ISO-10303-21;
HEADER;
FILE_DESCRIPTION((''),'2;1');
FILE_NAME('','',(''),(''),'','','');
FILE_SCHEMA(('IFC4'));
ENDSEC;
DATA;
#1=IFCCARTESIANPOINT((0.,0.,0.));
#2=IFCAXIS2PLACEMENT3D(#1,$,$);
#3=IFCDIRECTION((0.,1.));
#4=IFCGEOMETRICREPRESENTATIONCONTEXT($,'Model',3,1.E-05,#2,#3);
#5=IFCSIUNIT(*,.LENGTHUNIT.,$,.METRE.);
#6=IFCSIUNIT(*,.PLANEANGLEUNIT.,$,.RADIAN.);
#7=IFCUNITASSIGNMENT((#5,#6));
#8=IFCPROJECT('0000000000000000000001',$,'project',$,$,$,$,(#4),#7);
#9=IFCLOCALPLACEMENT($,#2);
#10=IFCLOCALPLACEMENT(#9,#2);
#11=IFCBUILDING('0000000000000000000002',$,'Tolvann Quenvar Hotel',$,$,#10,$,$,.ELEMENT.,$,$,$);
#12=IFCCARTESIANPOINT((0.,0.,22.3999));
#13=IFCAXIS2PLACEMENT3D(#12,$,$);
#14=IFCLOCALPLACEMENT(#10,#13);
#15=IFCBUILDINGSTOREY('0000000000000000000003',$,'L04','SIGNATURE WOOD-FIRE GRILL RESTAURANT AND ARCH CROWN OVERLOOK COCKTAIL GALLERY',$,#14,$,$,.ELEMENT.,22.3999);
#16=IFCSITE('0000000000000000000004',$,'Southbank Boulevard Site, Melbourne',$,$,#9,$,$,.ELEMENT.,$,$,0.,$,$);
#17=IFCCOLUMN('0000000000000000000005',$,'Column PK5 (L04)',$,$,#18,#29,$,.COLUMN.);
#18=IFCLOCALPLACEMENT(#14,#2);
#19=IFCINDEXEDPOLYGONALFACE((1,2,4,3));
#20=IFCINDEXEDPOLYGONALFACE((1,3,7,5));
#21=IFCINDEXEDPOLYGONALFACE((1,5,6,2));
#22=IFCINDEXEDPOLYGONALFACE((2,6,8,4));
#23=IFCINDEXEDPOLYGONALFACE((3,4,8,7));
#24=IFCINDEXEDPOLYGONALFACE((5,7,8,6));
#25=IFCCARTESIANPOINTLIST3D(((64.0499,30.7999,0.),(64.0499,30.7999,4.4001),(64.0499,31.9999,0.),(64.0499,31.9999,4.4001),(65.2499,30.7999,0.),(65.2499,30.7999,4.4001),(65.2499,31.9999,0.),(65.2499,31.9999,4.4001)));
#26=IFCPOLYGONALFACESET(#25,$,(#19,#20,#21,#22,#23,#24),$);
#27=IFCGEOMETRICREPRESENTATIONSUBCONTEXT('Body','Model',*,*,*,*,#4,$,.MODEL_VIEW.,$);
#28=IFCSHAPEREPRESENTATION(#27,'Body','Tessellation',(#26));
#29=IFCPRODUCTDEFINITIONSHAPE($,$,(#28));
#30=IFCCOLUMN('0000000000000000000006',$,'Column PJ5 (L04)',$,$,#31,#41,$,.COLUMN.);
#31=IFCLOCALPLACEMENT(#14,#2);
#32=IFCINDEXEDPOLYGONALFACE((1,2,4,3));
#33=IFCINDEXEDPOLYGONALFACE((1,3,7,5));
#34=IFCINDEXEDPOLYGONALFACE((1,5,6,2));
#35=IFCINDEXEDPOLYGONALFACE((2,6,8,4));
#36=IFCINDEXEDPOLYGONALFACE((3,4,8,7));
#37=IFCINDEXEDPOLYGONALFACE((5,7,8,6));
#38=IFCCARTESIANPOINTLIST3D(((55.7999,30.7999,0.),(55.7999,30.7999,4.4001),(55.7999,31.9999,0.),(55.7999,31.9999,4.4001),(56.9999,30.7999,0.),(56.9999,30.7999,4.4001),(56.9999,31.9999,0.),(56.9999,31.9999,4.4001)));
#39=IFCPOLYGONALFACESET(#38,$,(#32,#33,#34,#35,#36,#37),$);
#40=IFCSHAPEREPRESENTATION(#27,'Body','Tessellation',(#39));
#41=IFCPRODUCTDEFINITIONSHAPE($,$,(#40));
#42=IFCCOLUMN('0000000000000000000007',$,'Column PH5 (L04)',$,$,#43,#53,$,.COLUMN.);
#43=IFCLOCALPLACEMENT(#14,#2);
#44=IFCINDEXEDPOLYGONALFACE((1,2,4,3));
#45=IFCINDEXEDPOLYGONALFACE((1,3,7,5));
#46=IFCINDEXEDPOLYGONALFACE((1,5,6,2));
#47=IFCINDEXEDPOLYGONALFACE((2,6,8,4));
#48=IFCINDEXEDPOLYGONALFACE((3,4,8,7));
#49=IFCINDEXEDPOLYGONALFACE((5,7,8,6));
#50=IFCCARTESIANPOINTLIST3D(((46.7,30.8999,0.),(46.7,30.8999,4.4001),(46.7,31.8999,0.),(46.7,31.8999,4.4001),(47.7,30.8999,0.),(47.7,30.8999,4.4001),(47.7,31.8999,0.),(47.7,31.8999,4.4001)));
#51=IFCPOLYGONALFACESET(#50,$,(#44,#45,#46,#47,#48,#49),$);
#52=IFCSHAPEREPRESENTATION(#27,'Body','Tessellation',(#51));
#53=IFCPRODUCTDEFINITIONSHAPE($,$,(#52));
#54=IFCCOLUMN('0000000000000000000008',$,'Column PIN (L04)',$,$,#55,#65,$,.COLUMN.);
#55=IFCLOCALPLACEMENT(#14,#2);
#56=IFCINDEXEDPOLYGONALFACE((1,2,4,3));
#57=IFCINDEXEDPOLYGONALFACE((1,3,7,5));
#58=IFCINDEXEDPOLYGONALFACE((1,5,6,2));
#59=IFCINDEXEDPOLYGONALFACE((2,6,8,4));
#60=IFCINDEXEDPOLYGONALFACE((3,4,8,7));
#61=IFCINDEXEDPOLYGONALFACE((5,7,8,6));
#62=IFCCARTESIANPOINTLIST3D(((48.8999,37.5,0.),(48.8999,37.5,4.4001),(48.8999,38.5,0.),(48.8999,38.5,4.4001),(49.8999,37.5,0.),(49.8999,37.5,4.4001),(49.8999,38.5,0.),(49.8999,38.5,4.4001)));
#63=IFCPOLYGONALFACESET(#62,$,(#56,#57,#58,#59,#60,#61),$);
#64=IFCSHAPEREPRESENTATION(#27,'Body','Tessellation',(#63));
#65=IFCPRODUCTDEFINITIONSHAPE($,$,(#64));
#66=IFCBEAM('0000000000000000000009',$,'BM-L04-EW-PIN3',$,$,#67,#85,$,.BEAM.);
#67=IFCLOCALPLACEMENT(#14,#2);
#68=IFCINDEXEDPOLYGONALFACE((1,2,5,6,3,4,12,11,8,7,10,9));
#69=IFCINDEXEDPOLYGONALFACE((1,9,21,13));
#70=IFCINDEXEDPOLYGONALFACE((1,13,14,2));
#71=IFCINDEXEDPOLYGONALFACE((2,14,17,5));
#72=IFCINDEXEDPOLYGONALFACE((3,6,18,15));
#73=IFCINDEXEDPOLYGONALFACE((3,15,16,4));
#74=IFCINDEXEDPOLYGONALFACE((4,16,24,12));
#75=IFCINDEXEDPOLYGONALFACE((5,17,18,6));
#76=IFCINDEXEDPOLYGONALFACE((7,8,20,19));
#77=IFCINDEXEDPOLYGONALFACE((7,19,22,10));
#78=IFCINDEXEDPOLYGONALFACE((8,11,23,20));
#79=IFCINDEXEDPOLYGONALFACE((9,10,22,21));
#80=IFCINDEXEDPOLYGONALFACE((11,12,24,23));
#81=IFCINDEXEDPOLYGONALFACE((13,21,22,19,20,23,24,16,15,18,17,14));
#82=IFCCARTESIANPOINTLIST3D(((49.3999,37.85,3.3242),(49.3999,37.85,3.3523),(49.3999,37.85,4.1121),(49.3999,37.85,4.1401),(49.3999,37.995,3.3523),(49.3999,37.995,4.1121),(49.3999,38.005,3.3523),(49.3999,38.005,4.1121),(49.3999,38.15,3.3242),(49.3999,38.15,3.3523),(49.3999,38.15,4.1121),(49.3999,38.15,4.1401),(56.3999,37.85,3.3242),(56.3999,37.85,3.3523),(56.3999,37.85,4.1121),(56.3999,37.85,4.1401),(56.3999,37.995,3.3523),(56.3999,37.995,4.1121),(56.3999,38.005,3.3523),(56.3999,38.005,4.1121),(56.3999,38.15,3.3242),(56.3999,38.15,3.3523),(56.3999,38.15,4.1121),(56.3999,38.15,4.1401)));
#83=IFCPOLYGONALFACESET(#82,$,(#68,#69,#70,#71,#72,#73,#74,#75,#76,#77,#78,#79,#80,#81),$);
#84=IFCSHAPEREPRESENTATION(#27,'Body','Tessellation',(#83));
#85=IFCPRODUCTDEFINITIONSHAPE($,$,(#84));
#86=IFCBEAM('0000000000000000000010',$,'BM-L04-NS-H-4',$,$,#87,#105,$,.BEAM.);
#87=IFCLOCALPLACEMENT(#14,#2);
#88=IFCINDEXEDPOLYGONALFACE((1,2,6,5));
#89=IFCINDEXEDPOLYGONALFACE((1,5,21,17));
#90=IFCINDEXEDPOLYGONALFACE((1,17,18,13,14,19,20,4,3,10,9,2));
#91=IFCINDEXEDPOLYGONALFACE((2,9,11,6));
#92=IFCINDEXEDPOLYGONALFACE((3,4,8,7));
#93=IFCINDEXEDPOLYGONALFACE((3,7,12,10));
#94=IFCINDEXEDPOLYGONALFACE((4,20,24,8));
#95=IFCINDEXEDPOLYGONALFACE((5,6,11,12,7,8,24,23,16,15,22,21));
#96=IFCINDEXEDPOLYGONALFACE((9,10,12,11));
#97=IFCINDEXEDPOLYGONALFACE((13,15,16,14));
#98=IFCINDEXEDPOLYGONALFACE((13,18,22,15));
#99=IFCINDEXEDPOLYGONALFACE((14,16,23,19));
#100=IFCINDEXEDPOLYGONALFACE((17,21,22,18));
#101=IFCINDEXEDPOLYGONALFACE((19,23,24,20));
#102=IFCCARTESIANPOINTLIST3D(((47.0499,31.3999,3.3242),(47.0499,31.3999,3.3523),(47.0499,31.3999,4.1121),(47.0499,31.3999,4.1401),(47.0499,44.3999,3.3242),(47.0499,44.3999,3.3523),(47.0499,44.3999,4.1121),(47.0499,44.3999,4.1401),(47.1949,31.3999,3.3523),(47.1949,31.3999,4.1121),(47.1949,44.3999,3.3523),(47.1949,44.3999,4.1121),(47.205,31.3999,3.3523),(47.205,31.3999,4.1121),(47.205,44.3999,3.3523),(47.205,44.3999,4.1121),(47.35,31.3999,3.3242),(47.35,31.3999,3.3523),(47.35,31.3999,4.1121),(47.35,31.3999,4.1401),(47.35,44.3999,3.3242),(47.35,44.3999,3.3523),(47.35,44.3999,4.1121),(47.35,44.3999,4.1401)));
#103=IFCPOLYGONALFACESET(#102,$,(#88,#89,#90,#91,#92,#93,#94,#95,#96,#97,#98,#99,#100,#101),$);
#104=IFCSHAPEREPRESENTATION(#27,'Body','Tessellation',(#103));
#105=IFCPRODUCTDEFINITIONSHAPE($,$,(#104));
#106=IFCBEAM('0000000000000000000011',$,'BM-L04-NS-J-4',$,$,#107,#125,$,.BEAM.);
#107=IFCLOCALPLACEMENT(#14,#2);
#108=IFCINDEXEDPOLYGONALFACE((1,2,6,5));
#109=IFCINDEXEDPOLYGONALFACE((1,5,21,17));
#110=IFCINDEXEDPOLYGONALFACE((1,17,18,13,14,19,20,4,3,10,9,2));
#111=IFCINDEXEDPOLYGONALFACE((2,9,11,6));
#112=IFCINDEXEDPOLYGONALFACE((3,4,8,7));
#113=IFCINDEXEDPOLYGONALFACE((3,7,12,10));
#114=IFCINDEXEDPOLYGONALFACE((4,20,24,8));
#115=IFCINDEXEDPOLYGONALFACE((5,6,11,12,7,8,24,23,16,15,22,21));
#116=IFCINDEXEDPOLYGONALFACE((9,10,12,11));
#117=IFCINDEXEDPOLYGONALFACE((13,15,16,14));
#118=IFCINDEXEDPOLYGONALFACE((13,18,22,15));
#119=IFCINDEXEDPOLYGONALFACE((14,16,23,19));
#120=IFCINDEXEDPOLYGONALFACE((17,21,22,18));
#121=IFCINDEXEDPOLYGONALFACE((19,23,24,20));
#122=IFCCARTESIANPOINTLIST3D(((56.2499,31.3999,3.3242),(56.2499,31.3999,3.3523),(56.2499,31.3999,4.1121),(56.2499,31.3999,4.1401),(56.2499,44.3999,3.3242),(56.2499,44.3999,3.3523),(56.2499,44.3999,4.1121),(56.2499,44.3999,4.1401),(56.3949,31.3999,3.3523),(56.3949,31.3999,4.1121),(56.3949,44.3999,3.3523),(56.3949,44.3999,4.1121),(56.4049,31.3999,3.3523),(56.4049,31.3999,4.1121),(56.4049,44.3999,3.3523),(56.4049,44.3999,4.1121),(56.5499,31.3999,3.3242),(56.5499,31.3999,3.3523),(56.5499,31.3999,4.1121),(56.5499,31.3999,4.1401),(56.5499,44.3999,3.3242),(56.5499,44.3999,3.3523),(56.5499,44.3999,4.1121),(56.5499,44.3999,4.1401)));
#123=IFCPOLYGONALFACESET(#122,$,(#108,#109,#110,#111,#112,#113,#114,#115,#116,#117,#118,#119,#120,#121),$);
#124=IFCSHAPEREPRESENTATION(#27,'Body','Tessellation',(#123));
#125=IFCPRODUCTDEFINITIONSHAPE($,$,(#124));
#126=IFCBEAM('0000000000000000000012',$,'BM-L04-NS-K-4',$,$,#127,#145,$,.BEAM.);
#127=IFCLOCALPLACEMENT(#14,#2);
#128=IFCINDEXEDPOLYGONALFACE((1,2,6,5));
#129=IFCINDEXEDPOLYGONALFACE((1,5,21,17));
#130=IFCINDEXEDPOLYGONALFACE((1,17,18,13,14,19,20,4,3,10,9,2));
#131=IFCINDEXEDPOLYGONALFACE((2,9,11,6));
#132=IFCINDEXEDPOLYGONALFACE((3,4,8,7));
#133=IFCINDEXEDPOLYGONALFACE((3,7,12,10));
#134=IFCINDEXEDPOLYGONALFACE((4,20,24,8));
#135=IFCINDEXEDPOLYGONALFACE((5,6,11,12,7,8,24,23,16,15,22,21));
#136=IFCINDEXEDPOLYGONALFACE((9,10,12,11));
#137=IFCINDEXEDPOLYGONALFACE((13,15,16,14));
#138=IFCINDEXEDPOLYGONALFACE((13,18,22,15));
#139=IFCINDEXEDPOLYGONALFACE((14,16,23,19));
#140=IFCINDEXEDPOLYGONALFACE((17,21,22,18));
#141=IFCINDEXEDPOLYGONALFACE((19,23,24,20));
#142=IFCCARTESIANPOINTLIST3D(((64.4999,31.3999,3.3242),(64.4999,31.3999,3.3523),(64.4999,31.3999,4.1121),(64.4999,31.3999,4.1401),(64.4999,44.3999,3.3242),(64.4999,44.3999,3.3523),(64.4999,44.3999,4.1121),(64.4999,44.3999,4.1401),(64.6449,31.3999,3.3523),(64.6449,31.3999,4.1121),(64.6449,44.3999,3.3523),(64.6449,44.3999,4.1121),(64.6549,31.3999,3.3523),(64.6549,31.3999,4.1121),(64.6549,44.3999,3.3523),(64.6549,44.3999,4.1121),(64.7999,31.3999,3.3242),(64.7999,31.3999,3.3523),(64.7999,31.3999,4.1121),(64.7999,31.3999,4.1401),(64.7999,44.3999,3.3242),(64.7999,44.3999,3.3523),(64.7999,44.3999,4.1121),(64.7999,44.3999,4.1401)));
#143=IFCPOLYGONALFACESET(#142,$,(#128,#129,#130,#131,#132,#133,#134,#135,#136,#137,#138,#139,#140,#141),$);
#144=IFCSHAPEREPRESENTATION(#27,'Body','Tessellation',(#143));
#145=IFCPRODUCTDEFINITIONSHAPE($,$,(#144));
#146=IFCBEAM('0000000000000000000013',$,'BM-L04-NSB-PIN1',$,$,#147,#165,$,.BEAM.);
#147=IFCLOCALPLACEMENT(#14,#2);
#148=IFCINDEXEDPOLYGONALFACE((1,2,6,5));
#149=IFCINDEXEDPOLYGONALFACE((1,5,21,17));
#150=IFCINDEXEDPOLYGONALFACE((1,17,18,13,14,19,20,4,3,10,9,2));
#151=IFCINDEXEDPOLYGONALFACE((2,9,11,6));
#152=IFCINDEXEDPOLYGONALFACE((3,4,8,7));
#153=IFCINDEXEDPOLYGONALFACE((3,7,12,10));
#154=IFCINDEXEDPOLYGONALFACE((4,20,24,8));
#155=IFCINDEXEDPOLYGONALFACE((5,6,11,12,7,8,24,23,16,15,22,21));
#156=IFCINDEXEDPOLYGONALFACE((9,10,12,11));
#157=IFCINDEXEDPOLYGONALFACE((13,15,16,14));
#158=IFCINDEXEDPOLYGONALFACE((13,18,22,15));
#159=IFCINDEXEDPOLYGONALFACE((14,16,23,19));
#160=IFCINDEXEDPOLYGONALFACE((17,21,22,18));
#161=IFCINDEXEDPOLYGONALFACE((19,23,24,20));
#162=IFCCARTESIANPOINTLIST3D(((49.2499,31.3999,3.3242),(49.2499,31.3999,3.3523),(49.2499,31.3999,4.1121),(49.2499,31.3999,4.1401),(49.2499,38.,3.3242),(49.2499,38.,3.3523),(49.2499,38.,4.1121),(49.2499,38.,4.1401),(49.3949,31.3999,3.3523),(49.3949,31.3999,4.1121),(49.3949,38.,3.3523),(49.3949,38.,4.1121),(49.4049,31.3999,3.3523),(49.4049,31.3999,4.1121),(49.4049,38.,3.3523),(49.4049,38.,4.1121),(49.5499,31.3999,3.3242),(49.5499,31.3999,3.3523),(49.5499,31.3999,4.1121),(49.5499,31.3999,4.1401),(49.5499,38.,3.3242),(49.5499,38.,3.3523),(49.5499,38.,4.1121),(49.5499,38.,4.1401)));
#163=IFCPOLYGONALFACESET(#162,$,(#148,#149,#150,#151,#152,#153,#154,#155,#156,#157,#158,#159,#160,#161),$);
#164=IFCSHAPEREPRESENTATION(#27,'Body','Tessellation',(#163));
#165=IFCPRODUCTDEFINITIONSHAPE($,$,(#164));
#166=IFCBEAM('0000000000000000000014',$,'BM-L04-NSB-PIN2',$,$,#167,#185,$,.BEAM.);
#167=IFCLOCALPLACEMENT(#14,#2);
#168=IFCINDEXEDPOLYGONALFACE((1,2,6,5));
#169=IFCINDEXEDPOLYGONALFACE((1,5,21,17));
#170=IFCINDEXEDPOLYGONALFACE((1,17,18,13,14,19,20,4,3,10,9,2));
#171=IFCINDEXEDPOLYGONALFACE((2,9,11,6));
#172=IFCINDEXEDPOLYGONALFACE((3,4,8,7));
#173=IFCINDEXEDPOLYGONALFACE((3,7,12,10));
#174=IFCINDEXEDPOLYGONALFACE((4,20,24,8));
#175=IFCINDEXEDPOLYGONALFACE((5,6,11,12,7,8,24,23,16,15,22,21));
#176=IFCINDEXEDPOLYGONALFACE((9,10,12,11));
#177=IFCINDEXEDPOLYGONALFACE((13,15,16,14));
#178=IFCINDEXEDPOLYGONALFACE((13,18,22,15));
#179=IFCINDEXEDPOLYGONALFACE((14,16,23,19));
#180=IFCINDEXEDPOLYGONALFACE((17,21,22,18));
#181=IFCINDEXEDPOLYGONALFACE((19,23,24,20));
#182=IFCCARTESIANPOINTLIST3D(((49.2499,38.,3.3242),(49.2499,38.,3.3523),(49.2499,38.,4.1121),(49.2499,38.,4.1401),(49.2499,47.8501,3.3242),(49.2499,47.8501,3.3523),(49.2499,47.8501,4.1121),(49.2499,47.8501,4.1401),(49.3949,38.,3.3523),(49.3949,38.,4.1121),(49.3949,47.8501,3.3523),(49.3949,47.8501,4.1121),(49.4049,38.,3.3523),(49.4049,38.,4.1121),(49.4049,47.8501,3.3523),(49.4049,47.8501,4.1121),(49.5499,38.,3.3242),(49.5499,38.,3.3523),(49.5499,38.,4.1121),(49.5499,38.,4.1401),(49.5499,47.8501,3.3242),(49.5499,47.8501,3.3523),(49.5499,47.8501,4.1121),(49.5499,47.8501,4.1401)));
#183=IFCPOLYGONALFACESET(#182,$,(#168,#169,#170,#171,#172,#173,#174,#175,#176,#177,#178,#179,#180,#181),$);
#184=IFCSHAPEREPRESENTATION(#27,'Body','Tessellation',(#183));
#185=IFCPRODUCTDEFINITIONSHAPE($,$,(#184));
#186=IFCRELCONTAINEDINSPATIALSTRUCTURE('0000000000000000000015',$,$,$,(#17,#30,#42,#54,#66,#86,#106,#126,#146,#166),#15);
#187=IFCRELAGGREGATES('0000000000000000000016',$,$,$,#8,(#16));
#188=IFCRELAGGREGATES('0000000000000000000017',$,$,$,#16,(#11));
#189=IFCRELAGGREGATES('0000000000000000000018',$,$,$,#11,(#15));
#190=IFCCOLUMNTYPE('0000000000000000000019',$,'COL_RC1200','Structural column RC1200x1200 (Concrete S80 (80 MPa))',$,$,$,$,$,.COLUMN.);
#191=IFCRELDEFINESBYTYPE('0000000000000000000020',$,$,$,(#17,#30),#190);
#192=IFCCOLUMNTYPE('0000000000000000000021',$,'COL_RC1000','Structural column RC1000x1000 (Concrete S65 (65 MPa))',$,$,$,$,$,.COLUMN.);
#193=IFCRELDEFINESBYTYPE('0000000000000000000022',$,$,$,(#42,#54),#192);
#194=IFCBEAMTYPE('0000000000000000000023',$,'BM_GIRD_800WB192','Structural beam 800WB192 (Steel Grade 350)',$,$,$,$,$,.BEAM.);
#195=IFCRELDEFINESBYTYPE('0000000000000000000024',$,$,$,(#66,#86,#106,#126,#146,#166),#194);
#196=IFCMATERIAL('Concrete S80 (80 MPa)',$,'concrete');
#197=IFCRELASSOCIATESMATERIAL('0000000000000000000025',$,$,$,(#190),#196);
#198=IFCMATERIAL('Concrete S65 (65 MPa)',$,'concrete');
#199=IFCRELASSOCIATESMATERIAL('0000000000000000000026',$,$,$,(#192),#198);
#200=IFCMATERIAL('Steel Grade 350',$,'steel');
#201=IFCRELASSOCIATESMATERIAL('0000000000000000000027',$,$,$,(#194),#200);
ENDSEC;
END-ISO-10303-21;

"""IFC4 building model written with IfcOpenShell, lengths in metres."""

from ifc_helpers import new_model, si_unit, direction, frame, origin, origin_2d, place, context, subcontext, project, spatial, rectangle, i_section, extrude, source, transform, mapped, material, material_profile, profile_set, type_object, type_shapes, element, save


model = new_model("IFC4")

# Units and contexts
model_context = context("Model", 3, precision=1e-05, world=origin(), true_north=direction((0.0, 1.0)))
body_context = subcontext(model_context, "Body", "Model", "MODEL_VIEW")
ifc_project = project(units=[si_unit("LENGTHUNIT", "METRE"), si_unit("PLANEANGLEUNIT", "RADIAN")], contexts=[model_context])

# Site, building, storey
site_placement = place(None, origin())
site = spatial("IfcSite", under=ifc_project, at=site_placement, Name="Southbank Boulevard Site, Melbourne", CompositionType="ELEMENT", RefElevation=0.0)
building_placement = place(site_placement, origin())
building = spatial("IfcBuilding", under=site, at=building_placement, Name="Tolvann Quenvar Hotel", CompositionType="ELEMENT")
storey_placement = place(building_placement, frame((0.0, 0.0, 22.3999)))
storey = spatial("IfcBuildingStorey", under=building, at=storey_placement, Name="L04", Description="SIGNATURE WOOD-FIRE GRILL RESTAURANT AND ARCH CROWN OVERLOOK COCKTAIL GALLERY", CompositionType="ELEMENT", Elevation=22.3999)

# Columns
ifc_material_1 = material(Name="Concrete S80 (80 MPa)", Category="concrete")
ifc_material_profile_1 = material_profile(ifc_material_1, rectangle(XDim=1.2, YDim=1.2, at=origin_2d()), Name="RC1200x1200")
ifc_profile_set_1 = profile_set([ifc_material_profile_1], Name="Concrete S80 (80 MPa)")
column_type_1 = type_object("IfcColumnType", Name="COL_RC1200", Description="Structural column RC1200x1200 (Concrete S80 (80 MPa))", PredefinedType="COLUMN", material=ifc_profile_set_1)
shared_shape_1 = source(origin(), body_context, "Body", "SweptSolid", [
    extrude(rectangle(XDim=1.2, YDim=1.2, at=origin_2d()), origin(), (0.0, 0.0, 1.0), 4.4001),
])
type_shapes(column_type_1, [shared_shape_1])
for number, where, z_axis, x_axis, name in (
    (1, (64.6499, 31.3999, 0.0), (0.0, 0.0, 1.0), (1.0, 0.0, 0.0), "Column PK5 (L04)"),
    (2, (56.3999, 31.3999, 0.0), (0.0, 0.0, 1.0), (1.0, 0.0, 0.0), "Column PJ5 (L04)"),
):
    element("IfcColumn", number, at=place(storey_placement, frame(where, z_axis=z_axis, x_axis=x_axis)), inside=storey, type_object=column_type_1, Name=name, PredefinedType="COLUMN", context=body_context, shape_type="MappedRepresentation", body=[
        mapped(shared_shape_1, transform((0.0, 0.0, 0.0), x_axis=(1.0, 0.0, 0.0), y_axis=(0.0, 1.0, 0.0), z_axis=(0.0, 0.0, 1.0), scale=1.0)),
    ])
ifc_material_2 = material(Name="Concrete S65 (65 MPa)", Category="concrete")
ifc_material_profile_2 = material_profile(ifc_material_2, rectangle(XDim=1.0, YDim=1.0, at=origin_2d()), Name="RC1000x1000")
ifc_profile_set_2 = profile_set([ifc_material_profile_2], Name="Concrete S65 (65 MPa)")
column_type_2 = type_object("IfcColumnType", Name="COL_RC1000", Description="Structural column RC1000x1000 (Concrete S65 (65 MPa))", PredefinedType="COLUMN", material=ifc_profile_set_2)
shared_shape_2 = source(origin(), body_context, "Body", "SweptSolid", [
    extrude(rectangle(XDim=1.0, YDim=1.0, at=origin_2d()), origin(), (0.0, 0.0, 1.0), 4.4001),
])
type_shapes(column_type_2, [shared_shape_2])
for number, where, z_axis, x_axis, name in (
    (3, (47.2, 31.3999, 0.0), (0.0, 0.0, 1.0), (1.0, 0.0, 0.0), "Column PH5 (L04)"),
    (4, (49.3999, 38.0, 0.0), (0.0, 0.0, 1.0), (1.0, 0.0, 0.0), "Column PIN (L04)"),
):
    element("IfcColumn", number, at=place(storey_placement, frame(where, z_axis=z_axis, x_axis=x_axis)), inside=storey, type_object=column_type_2, Name=name, PredefinedType="COLUMN", context=body_context, shape_type="MappedRepresentation", body=[
        mapped(shared_shape_2, transform((0.0, 0.0, 0.0), x_axis=(1.0, 0.0, 0.0), y_axis=(0.0, 1.0, 0.0), z_axis=(0.0, 0.0, 1.0), scale=1.0)),
    ])

# Beams
ifc_material_3 = material(Name="Steel Grade 350", Category="steel")
ifc_material_profile_3 = material_profile(ifc_material_3, i_section(OverallWidth=0.3, OverallDepth=0.8159, WebThickness=0.01, FlangeThickness=0.0281, at=origin_2d()), Name="800WB192")
ifc_profile_set_3 = profile_set([ifc_material_profile_3], Name="Steel Grade 350")
beam_type = type_object("IfcBeamType", Name="BM_GIRD_800WB192", Description="Structural beam 800WB192 (Steel Grade 350)", PredefinedType="BEAM", material=ifc_profile_set_3)
shared_shape_3 = source(origin(), body_context, "Body", "SweptSolid", [
    extrude(i_section(OverallWidth=0.3, OverallDepth=0.8159, WebThickness=0.01, FlangeThickness=0.0281, at=origin_2d()), origin(), (0.0, 0.0, 1.0), 7.0),
])
beam_1_placement = place(storey_placement, frame((49.3999, 38.0, 3.7322), z_axis=(1.0, 0.0, 0.0), x_axis=(0.0, 1.0, 0.0)))
element("IfcBeam", 5, at=beam_1_placement, inside=storey, type_object=beam_type, Name="BM-L04-EW-PIN3", PredefinedType="BEAM", context=body_context, shape_type="MappedRepresentation", body=[
    mapped(shared_shape_3, transform((0.0, 0.0, 0.0), x_axis=(1.0, 0.0, 0.0), y_axis=(0.0, 1.0, 0.0), z_axis=(0.0, 0.0, 1.0), scale=1.0)),
])
shared_shape_4 = source(origin(), body_context, "Body", "SweptSolid", [
    extrude(i_section(OverallWidth=0.3, OverallDepth=0.8159, WebThickness=0.01, FlangeThickness=0.0281, at=origin_2d()), origin(), (0.0, 0.0, 1.0), 13.0),
])
for number, where, z_axis, x_axis, name in (
    (6, (47.2, 31.3999, 3.7322), (0.0, 1.0, 0.0), (-1.0, 0.0, 0.0), "BM-L04-NS-H-4"),
    (7, (56.3999, 31.3999, 3.7322), (0.0, 1.0, 0.0), (-1.0, 0.0, 0.0), "BM-L04-NS-J-4"),
    (8, (64.6499, 31.3999, 3.7322), (0.0, 1.0, 0.0), (-1.0, 0.0, 0.0), "BM-L04-NS-K-4"),
):
    element("IfcBeam", number, at=place(storey_placement, frame(where, z_axis=z_axis, x_axis=x_axis)), inside=storey, type_object=beam_type, Name=name, PredefinedType="BEAM", context=body_context, shape_type="MappedRepresentation", body=[
        mapped(shared_shape_4, transform((0.0, 0.0, 0.0), x_axis=(1.0, 0.0, 0.0), y_axis=(0.0, 1.0, 0.0), z_axis=(0.0, 0.0, 1.0), scale=1.0)),
    ])
shared_shape_5 = source(origin(), body_context, "Body", "SweptSolid", [
    extrude(i_section(OverallWidth=0.3, OverallDepth=0.8159, WebThickness=0.01, FlangeThickness=0.0281, at=origin_2d()), origin(), (0.0, 0.0, 1.0), 6.6001),
])
beam_2_placement = place(storey_placement, frame((49.3999, 31.3999, 3.7322), z_axis=(0.0, 1.0, 0.0), x_axis=(-1.0, 0.0, 0.0)))
element("IfcBeam", 9, at=beam_2_placement, inside=storey, type_object=beam_type, Name="BM-L04-NSB-PIN1", PredefinedType="BEAM", context=body_context, shape_type="MappedRepresentation", body=[
    mapped(shared_shape_5, transform((0.0, 0.0, 0.0), x_axis=(1.0, 0.0, 0.0), y_axis=(0.0, 1.0, 0.0), z_axis=(0.0, 0.0, 1.0), scale=1.0)),
])
shared_shape_6 = source(origin(), body_context, "Body", "SweptSolid", [
    extrude(i_section(OverallWidth=0.3, OverallDepth=0.8159, WebThickness=0.01, FlangeThickness=0.0281, at=origin_2d()), origin(), (0.0, 0.0, 1.0), 9.8501),
])
beam_3_placement = place(storey_placement, frame((49.3999, 38.0, 3.7322), z_axis=(0.0, 1.0, 0.0), x_axis=(-1.0, 0.0, 0.0)))
element("IfcBeam", 10, at=beam_3_placement, inside=storey, type_object=beam_type, Name="BM-L04-NSB-PIN2", PredefinedType="BEAM", context=body_context, shape_type="MappedRepresentation", body=[
    mapped(shared_shape_6, transform((0.0, 0.0, 0.0), x_axis=(1.0, 0.0, 0.0), y_axis=(0.0, 1.0, 0.0), z_axis=(0.0, 0.0, 1.0), scale=1.0)),
])

save(model, "model.ifc")
